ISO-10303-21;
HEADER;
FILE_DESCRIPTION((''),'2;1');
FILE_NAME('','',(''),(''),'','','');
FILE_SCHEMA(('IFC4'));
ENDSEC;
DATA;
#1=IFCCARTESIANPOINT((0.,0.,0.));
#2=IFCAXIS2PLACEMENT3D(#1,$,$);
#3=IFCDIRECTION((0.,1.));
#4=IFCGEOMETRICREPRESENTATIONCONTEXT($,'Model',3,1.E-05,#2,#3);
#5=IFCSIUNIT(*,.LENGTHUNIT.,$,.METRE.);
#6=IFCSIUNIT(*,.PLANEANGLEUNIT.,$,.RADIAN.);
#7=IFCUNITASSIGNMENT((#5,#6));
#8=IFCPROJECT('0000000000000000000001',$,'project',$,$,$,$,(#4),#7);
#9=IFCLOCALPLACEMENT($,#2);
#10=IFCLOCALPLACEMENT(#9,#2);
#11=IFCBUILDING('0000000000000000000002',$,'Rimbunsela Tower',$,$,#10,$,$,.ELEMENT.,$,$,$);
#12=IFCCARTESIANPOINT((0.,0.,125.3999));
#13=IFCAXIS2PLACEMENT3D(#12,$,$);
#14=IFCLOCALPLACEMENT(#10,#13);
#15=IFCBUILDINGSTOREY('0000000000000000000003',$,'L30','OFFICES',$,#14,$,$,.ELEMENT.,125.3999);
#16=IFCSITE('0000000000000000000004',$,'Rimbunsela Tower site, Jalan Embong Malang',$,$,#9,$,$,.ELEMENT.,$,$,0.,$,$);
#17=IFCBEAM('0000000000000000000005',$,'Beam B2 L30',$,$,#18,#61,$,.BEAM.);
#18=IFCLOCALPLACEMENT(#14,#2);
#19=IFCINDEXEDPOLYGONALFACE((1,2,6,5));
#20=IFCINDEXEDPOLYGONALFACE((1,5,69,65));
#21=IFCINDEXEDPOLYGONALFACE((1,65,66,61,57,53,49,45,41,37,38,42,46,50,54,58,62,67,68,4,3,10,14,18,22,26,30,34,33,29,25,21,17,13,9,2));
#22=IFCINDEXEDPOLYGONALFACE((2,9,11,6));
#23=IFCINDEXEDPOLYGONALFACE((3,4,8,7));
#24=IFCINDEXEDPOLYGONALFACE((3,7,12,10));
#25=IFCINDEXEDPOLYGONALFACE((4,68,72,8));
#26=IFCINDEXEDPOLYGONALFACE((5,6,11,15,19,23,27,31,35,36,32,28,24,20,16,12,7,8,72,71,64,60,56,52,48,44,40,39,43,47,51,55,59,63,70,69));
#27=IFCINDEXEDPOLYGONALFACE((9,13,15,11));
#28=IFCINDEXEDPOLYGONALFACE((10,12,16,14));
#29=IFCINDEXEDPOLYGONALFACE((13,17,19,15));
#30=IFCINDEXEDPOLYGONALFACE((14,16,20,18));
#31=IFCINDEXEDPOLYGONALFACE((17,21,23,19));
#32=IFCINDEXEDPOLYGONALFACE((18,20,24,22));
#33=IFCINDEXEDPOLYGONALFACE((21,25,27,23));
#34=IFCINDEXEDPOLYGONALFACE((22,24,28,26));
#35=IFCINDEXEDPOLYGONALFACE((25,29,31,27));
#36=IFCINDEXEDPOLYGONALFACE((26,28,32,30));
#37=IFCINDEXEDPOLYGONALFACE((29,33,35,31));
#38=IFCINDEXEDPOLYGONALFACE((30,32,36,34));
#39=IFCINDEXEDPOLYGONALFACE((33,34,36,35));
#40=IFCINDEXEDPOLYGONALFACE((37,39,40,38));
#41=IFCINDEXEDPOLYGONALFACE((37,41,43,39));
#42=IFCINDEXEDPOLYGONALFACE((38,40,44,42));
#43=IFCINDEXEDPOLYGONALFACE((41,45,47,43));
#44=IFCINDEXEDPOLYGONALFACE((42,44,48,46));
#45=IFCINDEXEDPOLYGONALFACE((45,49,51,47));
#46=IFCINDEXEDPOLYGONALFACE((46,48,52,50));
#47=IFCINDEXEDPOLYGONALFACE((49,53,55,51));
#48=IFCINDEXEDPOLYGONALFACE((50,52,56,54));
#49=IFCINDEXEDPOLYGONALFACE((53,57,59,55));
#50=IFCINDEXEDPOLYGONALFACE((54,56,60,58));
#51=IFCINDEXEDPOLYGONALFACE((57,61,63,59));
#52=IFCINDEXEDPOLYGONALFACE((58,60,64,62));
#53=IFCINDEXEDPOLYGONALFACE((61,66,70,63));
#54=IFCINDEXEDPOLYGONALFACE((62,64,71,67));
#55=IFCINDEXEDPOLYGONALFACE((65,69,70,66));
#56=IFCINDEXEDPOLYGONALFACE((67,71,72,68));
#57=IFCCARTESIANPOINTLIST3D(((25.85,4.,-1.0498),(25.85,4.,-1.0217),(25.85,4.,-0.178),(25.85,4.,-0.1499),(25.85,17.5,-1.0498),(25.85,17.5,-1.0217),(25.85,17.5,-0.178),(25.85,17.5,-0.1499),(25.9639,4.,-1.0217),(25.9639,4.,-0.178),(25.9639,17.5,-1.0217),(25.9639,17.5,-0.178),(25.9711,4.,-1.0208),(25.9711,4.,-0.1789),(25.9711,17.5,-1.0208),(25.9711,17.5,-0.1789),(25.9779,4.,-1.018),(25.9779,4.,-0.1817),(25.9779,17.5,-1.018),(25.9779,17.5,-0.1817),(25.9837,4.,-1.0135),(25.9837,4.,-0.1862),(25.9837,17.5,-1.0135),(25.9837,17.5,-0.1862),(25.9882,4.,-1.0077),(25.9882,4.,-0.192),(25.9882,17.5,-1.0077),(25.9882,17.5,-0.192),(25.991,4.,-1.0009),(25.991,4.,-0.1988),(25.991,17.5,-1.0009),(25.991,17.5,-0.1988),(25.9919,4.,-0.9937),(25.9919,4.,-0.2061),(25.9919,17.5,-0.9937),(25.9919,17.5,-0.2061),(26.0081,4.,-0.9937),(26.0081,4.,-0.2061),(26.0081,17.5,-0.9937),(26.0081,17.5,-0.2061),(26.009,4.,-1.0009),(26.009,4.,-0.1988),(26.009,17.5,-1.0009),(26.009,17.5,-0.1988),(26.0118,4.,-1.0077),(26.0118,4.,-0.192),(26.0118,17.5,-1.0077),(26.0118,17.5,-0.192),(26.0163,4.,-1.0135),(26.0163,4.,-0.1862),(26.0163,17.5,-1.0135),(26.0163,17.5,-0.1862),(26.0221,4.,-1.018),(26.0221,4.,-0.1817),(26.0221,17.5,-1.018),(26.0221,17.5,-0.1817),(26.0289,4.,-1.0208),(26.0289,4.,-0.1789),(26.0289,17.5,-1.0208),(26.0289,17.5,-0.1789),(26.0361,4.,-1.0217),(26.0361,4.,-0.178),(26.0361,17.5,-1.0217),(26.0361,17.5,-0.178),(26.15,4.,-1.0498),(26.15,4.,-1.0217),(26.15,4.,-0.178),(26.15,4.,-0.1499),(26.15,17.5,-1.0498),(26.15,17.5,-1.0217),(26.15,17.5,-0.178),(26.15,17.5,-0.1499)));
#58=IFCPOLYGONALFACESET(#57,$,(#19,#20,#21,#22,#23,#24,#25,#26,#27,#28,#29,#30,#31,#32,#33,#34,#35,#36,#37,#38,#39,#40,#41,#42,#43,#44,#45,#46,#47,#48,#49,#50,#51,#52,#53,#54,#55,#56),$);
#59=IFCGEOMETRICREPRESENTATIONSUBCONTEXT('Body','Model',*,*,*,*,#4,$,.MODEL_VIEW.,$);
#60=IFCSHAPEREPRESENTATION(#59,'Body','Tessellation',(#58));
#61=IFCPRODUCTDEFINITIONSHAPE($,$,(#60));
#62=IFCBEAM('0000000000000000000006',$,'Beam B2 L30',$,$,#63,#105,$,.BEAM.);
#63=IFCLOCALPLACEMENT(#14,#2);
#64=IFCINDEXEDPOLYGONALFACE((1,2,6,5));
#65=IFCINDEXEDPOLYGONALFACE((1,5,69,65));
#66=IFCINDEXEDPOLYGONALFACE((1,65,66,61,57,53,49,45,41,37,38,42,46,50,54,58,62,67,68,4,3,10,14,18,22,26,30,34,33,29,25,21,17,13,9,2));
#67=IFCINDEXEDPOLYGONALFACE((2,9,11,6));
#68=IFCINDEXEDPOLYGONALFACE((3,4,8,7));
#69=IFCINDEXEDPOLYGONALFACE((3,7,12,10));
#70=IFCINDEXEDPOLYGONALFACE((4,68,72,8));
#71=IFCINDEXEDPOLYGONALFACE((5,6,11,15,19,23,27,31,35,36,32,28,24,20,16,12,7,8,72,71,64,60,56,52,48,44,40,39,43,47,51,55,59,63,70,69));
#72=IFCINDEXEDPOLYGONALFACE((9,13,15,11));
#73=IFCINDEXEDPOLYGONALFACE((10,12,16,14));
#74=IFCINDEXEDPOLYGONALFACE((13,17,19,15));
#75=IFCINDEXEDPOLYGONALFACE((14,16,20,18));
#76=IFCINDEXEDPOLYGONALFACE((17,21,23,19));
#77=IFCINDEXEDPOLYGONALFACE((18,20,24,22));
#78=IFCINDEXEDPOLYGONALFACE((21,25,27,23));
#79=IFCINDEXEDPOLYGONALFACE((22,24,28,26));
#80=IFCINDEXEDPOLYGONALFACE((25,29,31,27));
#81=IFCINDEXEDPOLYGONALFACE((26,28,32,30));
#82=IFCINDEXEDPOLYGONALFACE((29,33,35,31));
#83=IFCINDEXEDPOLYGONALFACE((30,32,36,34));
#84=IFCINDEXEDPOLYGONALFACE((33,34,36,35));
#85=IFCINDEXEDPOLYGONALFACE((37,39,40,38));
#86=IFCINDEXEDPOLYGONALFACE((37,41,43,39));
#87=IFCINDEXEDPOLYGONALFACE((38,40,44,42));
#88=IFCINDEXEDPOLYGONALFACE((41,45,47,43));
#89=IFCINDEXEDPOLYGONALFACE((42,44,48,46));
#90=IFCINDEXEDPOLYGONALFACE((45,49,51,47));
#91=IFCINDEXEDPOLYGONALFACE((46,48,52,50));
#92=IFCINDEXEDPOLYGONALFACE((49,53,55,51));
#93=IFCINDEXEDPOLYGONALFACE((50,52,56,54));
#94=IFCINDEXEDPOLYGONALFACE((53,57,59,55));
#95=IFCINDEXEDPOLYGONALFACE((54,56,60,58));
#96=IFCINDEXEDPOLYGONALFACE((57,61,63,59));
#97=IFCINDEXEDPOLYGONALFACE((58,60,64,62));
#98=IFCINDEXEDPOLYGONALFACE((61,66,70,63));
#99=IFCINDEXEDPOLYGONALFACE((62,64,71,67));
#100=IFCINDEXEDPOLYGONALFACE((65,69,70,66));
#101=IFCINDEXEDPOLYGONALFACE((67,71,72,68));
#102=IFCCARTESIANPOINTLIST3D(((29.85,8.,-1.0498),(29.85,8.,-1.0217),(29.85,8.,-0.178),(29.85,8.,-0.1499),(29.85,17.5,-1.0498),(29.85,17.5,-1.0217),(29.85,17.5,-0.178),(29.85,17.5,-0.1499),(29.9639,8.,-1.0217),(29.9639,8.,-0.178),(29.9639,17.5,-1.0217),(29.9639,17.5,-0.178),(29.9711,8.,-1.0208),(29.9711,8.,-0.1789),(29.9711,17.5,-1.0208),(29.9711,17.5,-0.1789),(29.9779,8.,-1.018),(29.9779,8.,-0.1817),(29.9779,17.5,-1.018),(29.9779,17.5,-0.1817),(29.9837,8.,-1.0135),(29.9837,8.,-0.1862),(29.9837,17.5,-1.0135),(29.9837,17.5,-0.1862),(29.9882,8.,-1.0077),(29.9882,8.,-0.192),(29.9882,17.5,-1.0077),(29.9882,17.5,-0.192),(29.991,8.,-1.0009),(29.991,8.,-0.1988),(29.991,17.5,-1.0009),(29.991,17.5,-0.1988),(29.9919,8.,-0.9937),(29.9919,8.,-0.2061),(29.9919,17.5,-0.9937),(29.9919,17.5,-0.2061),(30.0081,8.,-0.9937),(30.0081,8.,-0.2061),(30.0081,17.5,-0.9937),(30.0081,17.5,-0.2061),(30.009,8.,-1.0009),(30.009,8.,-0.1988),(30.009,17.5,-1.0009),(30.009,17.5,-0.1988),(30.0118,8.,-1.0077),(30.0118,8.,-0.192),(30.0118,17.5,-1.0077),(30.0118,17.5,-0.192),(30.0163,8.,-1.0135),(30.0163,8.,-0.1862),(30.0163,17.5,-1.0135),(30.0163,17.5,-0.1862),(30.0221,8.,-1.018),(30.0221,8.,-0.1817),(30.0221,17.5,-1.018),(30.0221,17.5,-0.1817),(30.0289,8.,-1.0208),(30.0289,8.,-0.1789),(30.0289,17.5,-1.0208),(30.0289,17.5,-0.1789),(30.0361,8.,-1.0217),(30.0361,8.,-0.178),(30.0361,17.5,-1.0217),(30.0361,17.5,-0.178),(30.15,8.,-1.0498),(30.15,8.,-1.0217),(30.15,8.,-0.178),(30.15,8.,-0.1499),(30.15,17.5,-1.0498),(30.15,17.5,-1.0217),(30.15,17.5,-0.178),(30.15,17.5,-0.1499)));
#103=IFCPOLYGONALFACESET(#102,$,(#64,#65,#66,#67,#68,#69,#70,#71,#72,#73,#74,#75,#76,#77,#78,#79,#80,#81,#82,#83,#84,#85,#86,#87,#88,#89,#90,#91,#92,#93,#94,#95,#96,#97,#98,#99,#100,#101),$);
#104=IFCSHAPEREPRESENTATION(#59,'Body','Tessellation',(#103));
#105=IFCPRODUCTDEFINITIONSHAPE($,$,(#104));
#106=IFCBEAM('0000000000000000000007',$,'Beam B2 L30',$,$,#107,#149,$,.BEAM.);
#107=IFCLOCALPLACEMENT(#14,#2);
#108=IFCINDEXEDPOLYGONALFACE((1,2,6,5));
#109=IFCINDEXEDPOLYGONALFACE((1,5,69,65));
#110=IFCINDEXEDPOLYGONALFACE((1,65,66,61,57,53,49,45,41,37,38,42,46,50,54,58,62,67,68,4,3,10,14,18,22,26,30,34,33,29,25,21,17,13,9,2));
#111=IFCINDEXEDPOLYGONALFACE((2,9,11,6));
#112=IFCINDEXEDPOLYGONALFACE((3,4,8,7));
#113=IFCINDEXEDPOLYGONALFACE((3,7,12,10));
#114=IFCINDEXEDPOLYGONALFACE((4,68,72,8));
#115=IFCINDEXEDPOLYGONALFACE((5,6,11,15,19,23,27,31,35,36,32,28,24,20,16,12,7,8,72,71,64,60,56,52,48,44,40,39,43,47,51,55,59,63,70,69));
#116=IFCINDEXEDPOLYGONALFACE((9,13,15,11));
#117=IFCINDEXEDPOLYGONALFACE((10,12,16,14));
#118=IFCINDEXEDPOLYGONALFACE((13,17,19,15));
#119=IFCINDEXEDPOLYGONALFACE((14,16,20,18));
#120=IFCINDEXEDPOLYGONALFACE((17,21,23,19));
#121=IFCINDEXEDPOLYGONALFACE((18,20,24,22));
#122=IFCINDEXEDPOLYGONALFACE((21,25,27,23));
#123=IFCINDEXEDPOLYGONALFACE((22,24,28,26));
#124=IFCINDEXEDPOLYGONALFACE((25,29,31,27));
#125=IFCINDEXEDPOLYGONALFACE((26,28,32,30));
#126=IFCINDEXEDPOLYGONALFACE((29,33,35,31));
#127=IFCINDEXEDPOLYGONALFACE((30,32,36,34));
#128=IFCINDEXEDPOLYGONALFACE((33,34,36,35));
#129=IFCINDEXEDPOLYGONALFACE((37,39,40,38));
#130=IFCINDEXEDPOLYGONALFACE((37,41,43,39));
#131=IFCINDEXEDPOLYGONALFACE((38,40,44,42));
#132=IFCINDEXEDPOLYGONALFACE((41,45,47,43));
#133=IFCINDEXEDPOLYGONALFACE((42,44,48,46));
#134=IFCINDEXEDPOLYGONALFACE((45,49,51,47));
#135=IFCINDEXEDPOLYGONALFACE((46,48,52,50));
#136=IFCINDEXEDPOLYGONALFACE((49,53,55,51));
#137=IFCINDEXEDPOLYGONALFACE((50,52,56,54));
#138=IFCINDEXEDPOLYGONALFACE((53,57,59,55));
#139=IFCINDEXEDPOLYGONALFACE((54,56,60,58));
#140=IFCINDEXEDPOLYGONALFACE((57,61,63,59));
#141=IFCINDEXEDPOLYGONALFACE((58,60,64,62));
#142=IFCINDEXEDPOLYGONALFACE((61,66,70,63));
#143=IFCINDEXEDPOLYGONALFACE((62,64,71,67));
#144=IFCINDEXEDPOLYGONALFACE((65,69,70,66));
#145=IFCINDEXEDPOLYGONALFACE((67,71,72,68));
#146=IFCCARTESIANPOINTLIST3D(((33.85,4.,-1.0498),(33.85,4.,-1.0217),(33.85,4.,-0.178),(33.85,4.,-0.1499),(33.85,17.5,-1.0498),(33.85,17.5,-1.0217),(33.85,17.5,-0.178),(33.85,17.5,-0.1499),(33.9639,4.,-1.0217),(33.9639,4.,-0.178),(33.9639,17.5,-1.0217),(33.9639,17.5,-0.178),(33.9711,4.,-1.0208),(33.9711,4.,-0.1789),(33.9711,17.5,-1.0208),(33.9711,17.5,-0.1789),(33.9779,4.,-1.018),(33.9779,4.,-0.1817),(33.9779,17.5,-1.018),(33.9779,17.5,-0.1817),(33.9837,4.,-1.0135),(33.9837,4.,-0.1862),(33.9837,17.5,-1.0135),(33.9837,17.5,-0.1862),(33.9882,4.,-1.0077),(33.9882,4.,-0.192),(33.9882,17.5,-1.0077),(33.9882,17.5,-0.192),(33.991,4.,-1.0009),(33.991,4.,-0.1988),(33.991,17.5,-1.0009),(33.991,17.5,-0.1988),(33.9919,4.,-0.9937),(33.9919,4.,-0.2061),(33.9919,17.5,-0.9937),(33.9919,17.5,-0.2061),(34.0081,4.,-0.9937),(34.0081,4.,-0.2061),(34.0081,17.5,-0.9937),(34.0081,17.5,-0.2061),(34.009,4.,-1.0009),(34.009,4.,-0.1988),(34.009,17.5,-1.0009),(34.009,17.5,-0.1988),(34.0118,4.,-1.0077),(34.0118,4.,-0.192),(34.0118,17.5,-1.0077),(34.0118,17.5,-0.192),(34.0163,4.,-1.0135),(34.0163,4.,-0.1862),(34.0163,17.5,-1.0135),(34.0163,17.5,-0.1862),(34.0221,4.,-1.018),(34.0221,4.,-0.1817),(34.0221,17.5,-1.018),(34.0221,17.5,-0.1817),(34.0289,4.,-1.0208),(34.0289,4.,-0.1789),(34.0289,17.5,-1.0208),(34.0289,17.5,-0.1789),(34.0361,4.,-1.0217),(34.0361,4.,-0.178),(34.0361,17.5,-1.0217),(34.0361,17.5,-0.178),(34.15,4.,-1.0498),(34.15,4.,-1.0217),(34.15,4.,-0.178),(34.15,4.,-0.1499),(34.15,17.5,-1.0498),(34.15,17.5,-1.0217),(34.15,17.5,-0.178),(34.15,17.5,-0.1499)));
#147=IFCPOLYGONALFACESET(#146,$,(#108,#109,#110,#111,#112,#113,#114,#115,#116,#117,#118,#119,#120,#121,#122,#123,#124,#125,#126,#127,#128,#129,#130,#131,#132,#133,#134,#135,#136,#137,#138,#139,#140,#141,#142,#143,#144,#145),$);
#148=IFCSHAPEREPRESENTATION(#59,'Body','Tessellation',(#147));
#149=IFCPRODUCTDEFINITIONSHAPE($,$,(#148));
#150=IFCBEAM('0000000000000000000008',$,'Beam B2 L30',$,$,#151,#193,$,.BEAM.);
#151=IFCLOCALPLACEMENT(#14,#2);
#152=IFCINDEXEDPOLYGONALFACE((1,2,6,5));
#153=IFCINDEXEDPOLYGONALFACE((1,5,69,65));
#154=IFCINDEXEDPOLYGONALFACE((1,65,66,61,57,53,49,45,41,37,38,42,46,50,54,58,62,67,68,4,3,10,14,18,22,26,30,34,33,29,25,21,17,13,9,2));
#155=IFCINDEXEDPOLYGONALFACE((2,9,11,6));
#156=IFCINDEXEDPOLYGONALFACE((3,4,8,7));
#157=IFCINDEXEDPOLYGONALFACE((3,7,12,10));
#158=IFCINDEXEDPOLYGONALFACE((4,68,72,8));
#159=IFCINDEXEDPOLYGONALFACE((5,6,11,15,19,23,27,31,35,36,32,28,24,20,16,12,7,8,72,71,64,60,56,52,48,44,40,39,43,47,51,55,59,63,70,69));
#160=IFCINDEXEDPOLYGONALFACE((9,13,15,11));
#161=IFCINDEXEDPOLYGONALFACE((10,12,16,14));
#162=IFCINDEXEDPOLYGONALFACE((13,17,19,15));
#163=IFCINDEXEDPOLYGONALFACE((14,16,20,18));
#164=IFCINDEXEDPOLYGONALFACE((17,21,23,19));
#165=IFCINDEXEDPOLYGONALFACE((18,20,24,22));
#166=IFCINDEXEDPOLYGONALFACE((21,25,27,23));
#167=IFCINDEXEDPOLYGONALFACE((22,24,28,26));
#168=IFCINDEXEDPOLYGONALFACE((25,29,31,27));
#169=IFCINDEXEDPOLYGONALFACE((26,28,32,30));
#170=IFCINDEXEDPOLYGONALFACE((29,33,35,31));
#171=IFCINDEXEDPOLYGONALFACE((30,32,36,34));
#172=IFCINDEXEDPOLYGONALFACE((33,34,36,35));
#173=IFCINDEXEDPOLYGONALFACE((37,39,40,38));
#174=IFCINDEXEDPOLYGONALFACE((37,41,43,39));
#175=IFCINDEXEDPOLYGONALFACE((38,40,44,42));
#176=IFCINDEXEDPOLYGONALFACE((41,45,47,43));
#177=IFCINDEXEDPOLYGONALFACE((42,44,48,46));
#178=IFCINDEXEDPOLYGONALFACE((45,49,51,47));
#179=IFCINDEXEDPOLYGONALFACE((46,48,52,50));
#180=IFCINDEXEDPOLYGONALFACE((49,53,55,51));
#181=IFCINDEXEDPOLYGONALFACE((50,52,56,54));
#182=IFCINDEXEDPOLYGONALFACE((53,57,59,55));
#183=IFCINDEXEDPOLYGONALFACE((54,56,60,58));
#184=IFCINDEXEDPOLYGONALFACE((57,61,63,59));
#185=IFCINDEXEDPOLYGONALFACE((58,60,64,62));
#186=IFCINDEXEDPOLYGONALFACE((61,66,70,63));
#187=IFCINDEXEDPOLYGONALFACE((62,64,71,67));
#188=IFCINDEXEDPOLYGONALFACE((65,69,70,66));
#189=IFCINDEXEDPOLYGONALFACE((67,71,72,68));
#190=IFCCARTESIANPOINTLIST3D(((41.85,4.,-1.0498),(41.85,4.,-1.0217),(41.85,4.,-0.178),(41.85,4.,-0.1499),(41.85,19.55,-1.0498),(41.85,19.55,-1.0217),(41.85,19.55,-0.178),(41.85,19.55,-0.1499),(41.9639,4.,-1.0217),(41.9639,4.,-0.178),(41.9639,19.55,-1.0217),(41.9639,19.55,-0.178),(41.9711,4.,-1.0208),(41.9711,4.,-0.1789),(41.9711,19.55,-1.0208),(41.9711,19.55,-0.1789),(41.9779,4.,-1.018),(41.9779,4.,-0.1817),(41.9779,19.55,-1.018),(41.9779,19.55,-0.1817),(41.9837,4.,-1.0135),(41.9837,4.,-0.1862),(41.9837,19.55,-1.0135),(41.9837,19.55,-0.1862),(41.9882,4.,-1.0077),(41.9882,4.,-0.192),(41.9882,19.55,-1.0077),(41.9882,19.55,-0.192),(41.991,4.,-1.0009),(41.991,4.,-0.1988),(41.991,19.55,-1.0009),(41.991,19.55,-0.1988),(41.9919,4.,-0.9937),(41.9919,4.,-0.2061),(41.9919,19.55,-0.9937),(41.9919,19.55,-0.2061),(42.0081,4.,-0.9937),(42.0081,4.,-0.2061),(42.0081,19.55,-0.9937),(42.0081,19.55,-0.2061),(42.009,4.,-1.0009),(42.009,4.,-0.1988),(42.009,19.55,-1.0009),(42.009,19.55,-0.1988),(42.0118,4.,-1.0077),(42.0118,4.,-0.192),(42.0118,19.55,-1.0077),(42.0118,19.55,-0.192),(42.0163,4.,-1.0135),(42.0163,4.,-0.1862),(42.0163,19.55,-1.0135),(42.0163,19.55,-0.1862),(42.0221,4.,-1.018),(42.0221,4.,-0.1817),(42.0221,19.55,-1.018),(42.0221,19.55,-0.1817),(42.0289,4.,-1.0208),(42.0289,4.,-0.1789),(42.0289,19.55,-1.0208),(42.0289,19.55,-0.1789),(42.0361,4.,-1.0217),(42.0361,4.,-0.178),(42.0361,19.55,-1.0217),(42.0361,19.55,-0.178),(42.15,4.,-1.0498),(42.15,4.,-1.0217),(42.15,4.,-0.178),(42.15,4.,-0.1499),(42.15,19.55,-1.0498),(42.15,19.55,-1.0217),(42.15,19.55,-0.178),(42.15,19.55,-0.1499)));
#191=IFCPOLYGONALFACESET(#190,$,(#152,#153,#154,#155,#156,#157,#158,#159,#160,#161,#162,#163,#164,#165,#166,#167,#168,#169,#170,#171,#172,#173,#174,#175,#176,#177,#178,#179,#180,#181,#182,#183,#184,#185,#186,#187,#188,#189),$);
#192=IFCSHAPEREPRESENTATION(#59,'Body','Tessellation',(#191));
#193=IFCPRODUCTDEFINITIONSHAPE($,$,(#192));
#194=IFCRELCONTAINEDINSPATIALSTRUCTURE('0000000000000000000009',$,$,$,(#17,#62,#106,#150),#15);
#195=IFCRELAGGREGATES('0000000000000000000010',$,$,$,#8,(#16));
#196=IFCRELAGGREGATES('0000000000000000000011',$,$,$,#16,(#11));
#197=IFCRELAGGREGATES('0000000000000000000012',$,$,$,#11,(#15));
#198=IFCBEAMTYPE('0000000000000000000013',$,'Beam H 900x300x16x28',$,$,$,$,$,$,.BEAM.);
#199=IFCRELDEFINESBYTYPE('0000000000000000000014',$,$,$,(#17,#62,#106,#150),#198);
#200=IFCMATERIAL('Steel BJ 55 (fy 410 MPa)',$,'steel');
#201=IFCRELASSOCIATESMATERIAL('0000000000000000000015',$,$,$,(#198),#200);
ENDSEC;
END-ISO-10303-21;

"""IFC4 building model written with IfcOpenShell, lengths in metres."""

from ifc_helpers import new_model, si_unit, direction, frame, origin, origin_2d, place, context, subcontext, project, spatial, i_section, extrude, material, material_profile, profile_set, type_object, element, save


model = new_model("IFC4")

# Units and contexts
model_context = context("Model", 3, precision=1e-05, world=origin(), true_north=direction((0.0, 1.0)))
body_context = subcontext(model_context, "Body", "Model", "MODEL_VIEW")
ifc_project = project(units=[si_unit("LENGTHUNIT", "METRE"), si_unit("PLANEANGLEUNIT", "RADIAN")], contexts=[model_context])

# Site, building, storey
site_placement = place(None, origin())
site = spatial("IfcSite", under=ifc_project, at=site_placement, Name="Rimbunsela Tower site, Jalan Embong Malang", CompositionType="ELEMENT", RefElevation=0.0)
building_placement = place(site_placement, origin())
building = spatial("IfcBuilding", under=site, at=building_placement, Name="Rimbunsela Tower", CompositionType="ELEMENT")
storey_placement = place(building_placement, frame((0.0, 0.0, 125.3999)))
storey = spatial("IfcBuildingStorey", under=building, at=storey_placement, Name="L30", Description="OFFICES", CompositionType="ELEMENT", Elevation=125.3999)

# Beams
ifc_material_1 = material(Name="Steel BJ 55 (fy 410 MPa)", Category="steel")
ifc_material_profile_1 = material_profile(ifc_material_1, i_section(OverallWidth=0.3, OverallDepth=0.8999, WebThickness=0.0161, FlangeThickness=0.0281, FilletRadius=0.0281, at=origin_2d()), Name="H 900x300x16x28")
ifc_profile_set_1 = profile_set([ifc_material_profile_1], Name="Steel BJ 55 (fy 410 MPa)")
beam_type_1 = type_object("IfcBeamType", Name="Beam H 900x300x16x28", PredefinedType="BEAM", material=ifc_profile_set_1)
beam_1_placement = place(storey_placement, frame((26.0, 4.0, -0.5999), z_axis=(0.0, 1.0, 0.0), x_axis=(-1.0, 0.0, 0.0)))
element("IfcBeam", 1, at=beam_1_placement, inside=storey, type_object=beam_type_1, Name="Beam B2 L30", PredefinedType="BEAM", context=body_context, shape_type="SweptSolid", body=[
    extrude(i_section(OverallWidth=0.3, OverallDepth=0.8999, WebThickness=0.0161, FlangeThickness=0.0281, FilletRadius=0.0281, at=origin_2d()), origin(), (0.0, 0.0, 1.0), 13.5),
])
beam_2_placement = place(storey_placement, frame((30.0, 8.0, -0.5999), z_axis=(0.0, 1.0, 0.0), x_axis=(-1.0, 0.0, 0.0)))
element("IfcBeam", 2, at=beam_2_placement, inside=storey, type_object=beam_type_1, Name="Beam B2 L30", PredefinedType="BEAM", context=body_context, shape_type="SweptSolid", body=[
    extrude(i_section(OverallWidth=0.3, OverallDepth=0.8999, WebThickness=0.0161, FlangeThickness=0.0281, FilletRadius=0.0281, at=origin_2d()), origin(), (0.0, 0.0, 1.0), 9.5),
])
beam_3_placement = place(storey_placement, frame((34.0, 4.0, -0.5999), z_axis=(0.0, 1.0, 0.0), x_axis=(-1.0, 0.0, 0.0)))
element("IfcBeam", 3, at=beam_3_placement, inside=storey, type_object=beam_type_1, Name="Beam B2 L30", PredefinedType="BEAM", context=body_context, shape_type="SweptSolid", body=[
    extrude(i_section(OverallWidth=0.3, OverallDepth=0.8999, WebThickness=0.0161, FlangeThickness=0.0281, FilletRadius=0.0281, at=origin_2d()), origin(), (0.0, 0.0, 1.0), 13.5),
])
beam_4_placement = place(storey_placement, frame((42.0, 4.0, -0.5999), z_axis=(0.0, 1.0, 0.0), x_axis=(-1.0, 0.0, 0.0)))
element("IfcBeam", 4, at=beam_4_placement, inside=storey, type_object=beam_type_1, Name="Beam B2 L30", PredefinedType="BEAM", context=body_context, shape_type="SweptSolid", body=[
    extrude(i_section(OverallWidth=0.3, OverallDepth=0.8999, WebThickness=0.0161, FlangeThickness=0.0281, FilletRadius=0.0281, at=origin_2d()), origin(), (0.0, 0.0, 1.0), 15.55),
])

save(model, "model.ifc")
